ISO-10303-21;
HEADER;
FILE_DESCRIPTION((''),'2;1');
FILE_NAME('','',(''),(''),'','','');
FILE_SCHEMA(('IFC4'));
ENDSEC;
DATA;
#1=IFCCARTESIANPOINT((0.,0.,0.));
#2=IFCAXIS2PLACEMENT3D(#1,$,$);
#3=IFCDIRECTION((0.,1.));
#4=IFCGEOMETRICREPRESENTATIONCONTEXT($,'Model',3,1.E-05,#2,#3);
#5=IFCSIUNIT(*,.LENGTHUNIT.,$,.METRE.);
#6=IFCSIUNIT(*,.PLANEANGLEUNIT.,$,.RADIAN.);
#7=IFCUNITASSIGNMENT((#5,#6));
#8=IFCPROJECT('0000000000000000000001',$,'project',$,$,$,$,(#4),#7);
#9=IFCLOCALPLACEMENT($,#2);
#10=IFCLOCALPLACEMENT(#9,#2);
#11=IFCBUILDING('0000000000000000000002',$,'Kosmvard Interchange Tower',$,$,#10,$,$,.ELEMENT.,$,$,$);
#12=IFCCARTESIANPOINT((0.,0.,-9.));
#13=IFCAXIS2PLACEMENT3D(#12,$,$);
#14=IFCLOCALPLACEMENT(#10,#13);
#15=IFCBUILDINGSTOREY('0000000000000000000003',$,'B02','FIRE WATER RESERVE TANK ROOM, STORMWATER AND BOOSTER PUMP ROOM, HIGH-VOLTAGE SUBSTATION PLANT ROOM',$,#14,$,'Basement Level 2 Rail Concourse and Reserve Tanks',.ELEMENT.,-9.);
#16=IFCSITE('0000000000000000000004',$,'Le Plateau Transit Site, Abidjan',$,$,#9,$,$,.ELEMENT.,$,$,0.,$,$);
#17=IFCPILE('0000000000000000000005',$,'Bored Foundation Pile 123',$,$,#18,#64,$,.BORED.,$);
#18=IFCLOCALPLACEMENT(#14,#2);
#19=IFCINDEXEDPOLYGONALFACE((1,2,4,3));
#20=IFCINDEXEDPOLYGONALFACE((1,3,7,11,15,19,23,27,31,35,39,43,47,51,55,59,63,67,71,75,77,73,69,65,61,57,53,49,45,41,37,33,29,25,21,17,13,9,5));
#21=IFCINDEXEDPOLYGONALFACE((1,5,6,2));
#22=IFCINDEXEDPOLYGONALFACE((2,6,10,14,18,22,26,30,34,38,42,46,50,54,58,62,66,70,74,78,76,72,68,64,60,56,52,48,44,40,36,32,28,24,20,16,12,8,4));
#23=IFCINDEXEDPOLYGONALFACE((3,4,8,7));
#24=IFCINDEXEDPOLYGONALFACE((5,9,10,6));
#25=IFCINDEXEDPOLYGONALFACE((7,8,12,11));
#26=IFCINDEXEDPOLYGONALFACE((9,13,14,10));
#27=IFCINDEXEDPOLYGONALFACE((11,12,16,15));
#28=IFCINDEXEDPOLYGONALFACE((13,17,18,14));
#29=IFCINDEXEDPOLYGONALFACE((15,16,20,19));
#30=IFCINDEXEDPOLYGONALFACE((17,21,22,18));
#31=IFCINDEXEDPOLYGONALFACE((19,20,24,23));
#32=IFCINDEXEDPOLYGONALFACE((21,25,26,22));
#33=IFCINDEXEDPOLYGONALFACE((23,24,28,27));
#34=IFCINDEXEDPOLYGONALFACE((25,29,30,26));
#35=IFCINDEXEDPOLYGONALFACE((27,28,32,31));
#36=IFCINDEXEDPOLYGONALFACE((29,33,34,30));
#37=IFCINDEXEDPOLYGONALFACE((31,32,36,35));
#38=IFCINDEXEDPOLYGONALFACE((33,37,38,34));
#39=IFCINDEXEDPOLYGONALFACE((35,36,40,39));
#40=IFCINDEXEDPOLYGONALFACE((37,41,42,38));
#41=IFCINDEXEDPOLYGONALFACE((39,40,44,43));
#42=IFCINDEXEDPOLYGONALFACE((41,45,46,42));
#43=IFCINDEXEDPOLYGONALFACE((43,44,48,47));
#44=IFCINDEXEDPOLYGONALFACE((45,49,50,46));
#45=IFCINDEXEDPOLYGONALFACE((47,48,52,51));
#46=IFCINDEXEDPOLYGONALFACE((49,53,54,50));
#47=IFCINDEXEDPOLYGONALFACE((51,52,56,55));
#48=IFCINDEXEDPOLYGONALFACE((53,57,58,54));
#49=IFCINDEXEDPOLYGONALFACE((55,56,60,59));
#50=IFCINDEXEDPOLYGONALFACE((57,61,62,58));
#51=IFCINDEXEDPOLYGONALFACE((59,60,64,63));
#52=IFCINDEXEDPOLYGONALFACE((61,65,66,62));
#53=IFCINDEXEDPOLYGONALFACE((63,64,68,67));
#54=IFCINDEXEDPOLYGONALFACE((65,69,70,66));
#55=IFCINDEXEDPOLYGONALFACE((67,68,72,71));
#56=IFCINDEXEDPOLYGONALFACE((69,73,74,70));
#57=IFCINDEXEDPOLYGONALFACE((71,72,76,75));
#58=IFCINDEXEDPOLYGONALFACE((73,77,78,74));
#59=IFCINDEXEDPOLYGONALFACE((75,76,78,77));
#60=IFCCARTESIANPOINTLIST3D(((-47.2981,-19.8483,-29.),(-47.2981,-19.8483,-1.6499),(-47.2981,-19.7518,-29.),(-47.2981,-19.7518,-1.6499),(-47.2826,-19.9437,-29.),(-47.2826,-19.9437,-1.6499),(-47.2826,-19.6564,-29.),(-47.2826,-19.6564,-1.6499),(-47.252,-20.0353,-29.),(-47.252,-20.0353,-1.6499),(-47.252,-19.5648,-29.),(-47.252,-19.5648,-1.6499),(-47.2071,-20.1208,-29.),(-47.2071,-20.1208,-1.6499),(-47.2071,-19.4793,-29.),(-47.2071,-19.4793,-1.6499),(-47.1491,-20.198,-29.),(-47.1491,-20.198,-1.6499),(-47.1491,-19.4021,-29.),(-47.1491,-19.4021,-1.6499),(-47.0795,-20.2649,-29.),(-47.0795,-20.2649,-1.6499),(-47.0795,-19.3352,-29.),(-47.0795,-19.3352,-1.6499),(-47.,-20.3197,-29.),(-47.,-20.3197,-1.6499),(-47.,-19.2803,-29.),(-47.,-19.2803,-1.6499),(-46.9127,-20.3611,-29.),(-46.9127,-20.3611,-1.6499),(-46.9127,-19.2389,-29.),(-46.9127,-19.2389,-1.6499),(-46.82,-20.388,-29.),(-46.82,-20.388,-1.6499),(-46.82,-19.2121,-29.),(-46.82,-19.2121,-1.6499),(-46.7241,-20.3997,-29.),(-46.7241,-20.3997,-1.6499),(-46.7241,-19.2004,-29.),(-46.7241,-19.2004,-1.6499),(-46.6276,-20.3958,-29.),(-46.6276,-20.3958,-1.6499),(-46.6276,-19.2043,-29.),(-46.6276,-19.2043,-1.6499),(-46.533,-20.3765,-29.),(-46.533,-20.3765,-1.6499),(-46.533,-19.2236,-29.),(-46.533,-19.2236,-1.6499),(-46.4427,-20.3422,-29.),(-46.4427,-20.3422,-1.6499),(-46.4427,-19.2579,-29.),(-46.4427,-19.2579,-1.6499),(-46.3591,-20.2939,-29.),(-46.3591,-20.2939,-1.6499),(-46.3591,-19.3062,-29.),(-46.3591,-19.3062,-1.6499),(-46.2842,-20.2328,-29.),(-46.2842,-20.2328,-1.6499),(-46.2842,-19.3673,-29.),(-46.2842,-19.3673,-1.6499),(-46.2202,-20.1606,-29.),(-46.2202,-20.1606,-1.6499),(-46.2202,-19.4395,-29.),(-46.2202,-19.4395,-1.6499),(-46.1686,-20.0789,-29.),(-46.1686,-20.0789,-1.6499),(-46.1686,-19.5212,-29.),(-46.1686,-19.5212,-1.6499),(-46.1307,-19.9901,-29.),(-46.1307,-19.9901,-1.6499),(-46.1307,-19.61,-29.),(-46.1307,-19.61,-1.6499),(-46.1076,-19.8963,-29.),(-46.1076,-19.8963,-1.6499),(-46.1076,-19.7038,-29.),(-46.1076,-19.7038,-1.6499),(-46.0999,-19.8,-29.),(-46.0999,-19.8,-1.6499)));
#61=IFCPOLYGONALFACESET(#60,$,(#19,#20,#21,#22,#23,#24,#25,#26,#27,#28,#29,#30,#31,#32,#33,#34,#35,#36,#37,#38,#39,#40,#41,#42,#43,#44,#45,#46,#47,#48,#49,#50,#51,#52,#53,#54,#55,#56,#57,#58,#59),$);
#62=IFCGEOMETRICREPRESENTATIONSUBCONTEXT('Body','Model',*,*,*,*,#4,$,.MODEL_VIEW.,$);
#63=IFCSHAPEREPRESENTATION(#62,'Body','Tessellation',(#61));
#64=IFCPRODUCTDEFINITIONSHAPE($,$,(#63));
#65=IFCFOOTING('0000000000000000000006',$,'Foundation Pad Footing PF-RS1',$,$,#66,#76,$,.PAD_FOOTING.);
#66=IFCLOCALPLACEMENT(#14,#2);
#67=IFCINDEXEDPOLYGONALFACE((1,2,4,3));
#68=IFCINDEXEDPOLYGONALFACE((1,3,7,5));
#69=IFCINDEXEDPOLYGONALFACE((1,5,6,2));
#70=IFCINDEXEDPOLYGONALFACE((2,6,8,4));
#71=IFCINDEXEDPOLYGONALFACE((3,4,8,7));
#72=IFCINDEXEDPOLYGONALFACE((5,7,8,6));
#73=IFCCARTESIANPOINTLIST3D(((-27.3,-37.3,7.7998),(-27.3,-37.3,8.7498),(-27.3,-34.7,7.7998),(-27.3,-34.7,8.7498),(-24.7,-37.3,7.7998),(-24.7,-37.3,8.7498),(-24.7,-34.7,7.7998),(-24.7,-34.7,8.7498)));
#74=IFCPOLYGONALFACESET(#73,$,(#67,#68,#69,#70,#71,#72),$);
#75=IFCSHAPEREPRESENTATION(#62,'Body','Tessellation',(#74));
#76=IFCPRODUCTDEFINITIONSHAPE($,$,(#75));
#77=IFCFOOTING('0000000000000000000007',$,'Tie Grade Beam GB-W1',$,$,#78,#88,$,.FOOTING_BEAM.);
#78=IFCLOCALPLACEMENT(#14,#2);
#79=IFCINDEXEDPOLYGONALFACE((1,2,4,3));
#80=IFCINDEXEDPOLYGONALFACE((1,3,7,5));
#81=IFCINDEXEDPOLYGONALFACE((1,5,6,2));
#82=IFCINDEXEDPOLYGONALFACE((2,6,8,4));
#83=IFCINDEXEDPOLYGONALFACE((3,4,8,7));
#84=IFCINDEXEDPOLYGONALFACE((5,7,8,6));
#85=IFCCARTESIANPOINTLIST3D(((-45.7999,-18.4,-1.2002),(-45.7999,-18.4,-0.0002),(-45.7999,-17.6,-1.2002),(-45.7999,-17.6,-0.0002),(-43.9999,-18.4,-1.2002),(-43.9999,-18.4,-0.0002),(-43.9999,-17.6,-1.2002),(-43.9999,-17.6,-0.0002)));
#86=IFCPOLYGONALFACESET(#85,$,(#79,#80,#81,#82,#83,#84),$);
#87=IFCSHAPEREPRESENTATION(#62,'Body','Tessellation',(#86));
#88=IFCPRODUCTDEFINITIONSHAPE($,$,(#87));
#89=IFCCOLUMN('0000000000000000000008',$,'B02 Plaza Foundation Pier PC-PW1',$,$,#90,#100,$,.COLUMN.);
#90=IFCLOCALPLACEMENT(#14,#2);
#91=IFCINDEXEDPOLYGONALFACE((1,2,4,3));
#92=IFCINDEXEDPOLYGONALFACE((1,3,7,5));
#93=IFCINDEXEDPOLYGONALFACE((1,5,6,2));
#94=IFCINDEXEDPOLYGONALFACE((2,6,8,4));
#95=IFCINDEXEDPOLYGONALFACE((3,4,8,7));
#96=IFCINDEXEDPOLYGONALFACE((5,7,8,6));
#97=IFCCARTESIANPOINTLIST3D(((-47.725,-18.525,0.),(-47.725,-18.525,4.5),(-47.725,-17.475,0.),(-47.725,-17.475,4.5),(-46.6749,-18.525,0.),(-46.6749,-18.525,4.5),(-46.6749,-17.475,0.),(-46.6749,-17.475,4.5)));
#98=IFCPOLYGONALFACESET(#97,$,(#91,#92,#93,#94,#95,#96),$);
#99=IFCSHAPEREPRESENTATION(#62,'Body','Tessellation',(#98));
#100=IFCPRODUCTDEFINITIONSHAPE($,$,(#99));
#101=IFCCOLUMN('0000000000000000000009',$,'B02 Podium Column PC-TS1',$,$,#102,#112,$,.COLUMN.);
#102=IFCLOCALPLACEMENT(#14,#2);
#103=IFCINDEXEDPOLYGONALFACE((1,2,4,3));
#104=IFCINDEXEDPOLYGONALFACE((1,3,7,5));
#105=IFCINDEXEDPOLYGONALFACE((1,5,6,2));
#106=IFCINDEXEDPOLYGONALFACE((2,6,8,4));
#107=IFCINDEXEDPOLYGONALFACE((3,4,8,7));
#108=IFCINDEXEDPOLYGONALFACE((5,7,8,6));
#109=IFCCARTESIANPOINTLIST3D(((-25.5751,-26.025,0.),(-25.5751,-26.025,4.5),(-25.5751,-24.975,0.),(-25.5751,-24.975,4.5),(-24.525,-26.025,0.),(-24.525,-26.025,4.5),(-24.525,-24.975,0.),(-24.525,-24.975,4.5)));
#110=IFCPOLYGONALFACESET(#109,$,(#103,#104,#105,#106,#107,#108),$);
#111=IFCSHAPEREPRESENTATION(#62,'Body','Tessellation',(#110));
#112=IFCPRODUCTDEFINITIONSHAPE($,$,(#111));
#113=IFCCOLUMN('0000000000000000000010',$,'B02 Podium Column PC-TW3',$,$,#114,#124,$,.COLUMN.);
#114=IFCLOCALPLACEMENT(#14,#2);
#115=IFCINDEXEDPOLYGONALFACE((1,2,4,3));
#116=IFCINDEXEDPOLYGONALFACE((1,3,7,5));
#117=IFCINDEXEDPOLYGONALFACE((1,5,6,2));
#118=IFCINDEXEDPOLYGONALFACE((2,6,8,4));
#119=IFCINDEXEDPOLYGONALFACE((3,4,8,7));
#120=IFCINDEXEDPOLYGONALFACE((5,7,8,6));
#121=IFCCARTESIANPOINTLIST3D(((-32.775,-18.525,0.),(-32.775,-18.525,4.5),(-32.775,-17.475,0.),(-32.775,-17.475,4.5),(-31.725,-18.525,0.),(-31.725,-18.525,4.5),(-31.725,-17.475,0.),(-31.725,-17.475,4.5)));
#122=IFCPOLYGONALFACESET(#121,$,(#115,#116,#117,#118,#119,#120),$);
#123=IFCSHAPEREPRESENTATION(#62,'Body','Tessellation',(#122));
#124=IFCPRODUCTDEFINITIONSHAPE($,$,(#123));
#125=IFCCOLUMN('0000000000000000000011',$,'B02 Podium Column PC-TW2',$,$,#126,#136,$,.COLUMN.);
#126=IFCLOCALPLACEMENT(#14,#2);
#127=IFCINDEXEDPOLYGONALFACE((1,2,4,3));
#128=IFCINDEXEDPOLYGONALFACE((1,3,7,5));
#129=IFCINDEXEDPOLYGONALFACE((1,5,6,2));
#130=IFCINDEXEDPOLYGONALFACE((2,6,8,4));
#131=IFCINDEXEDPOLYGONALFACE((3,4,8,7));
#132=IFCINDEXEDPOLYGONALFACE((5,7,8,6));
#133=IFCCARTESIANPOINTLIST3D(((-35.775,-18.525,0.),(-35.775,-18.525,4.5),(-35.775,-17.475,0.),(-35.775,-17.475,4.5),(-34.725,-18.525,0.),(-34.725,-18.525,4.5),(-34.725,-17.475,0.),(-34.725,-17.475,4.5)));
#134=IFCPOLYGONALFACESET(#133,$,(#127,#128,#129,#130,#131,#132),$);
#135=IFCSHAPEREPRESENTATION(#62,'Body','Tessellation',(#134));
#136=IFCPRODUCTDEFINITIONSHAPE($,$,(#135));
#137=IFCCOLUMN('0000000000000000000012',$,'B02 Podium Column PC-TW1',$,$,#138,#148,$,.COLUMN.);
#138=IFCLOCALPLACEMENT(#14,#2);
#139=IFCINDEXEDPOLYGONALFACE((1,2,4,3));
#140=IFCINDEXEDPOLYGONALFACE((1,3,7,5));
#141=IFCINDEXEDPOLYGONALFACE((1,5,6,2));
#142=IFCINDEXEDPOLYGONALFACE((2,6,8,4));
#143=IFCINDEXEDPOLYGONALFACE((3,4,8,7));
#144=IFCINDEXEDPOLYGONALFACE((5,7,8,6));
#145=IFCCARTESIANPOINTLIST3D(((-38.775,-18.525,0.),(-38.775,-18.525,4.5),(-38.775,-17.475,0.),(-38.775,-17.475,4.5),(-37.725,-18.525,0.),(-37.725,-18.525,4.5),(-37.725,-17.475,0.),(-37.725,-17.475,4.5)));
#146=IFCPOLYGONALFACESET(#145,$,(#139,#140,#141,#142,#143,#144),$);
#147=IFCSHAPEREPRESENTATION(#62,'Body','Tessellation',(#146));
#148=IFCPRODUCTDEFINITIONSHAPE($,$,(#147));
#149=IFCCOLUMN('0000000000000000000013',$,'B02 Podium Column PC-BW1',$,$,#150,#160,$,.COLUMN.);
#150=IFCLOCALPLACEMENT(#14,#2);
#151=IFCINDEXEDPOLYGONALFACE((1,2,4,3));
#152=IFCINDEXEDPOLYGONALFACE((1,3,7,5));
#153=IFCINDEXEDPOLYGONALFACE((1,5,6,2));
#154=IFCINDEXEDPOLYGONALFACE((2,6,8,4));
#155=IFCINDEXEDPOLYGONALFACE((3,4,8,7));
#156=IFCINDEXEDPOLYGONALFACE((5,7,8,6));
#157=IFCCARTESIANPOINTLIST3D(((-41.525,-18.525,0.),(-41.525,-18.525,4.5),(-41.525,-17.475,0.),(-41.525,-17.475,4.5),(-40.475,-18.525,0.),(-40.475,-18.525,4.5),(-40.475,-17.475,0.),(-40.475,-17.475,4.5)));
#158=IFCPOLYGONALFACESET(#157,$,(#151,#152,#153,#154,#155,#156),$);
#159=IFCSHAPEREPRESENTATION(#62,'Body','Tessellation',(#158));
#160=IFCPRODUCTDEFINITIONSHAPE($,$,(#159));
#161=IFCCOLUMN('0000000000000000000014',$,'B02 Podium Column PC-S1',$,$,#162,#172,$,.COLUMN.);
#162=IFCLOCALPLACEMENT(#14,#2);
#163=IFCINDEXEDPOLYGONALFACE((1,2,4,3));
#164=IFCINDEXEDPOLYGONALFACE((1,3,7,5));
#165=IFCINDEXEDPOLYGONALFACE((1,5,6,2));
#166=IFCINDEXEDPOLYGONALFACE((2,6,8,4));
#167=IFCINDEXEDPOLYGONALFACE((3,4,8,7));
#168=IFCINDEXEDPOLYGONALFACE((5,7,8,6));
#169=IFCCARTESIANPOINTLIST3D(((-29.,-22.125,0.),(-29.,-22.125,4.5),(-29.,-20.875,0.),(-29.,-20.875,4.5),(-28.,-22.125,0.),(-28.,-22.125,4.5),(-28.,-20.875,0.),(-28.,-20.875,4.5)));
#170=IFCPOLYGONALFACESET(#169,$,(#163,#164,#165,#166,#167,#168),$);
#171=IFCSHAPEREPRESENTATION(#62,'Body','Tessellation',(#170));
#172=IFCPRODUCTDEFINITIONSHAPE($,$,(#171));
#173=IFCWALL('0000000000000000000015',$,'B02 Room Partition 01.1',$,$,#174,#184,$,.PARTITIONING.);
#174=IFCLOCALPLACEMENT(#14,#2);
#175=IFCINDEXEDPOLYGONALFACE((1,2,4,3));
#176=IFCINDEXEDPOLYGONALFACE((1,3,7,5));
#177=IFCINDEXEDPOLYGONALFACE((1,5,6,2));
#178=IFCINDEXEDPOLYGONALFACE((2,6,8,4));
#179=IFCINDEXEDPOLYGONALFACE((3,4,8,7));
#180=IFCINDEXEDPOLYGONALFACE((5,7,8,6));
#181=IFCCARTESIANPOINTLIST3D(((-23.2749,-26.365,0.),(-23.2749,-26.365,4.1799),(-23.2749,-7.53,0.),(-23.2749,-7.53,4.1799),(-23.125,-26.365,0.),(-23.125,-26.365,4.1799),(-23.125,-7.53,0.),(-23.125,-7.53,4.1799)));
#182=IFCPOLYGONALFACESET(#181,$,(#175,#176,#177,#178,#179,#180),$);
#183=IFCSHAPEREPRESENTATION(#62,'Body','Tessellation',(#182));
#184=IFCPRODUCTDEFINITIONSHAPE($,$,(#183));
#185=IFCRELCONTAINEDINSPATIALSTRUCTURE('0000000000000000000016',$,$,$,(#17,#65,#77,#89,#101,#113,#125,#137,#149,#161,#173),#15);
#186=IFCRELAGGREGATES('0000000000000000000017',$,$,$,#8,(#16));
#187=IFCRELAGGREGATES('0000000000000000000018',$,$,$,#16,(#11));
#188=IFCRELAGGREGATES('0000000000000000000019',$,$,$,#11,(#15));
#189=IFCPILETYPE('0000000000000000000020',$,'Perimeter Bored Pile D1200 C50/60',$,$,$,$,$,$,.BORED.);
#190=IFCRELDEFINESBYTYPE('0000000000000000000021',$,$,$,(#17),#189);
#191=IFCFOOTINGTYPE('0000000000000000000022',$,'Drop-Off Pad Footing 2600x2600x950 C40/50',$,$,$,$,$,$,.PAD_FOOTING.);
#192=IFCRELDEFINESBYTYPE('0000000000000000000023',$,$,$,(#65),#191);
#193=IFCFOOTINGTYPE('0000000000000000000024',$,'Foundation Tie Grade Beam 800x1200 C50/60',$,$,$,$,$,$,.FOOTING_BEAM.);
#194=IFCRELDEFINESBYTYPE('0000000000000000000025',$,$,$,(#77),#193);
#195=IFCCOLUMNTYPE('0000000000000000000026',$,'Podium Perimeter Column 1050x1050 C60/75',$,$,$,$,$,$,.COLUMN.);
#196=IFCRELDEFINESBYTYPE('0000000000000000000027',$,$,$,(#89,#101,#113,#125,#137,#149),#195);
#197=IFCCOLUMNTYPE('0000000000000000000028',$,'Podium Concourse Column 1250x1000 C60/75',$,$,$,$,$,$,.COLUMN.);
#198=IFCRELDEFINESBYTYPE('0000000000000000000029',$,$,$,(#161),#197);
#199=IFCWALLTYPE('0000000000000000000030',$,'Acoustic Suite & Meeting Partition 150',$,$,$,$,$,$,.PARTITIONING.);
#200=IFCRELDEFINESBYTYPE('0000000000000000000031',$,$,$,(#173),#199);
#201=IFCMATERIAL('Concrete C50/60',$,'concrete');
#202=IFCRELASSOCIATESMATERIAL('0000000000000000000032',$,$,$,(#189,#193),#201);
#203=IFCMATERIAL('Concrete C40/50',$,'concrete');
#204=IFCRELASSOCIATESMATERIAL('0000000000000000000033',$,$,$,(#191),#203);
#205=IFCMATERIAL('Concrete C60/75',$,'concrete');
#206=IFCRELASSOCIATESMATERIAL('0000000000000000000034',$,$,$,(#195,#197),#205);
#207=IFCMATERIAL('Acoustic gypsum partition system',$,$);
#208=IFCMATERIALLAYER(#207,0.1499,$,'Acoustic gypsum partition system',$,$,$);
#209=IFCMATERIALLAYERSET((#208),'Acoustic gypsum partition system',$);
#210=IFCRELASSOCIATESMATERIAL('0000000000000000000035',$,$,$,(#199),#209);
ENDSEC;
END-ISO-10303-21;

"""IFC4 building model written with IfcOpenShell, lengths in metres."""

from ifc_helpers import new_model, si_unit, direction, frame, frame_2d, origin, origin_2d, place, context, subcontext, project, spatial, rectangle, circle, extrude, source, transform, mapped, material, layer, layer_set, material_profile, profile_set, type_object, element, save


model = new_model("IFC4")

# Units and contexts
model_context = context("Model", 3, precision=1e-05, world=origin(), true_north=direction((0.0, 1.0)))
body_context = subcontext(model_context, "Body", "Model", "MODEL_VIEW")
ifc_project = project(units=[si_unit("LENGTHUNIT", "METRE"), si_unit("PLANEANGLEUNIT", "RADIAN")], contexts=[model_context])

# Site, building, storey
site_placement = place(None, origin())
site = spatial("IfcSite", under=ifc_project, at=site_placement, Name="Le Plateau Transit Site, Abidjan", CompositionType="ELEMENT", RefElevation=0.0)
building_placement = place(site_placement, origin())
building = spatial("IfcBuilding", under=site, at=building_placement, Name="Kosmvard Interchange Tower", CompositionType="ELEMENT")
storey_placement = place(building_placement, frame((0.0, 0.0, -9.0)))
storey = spatial("IfcBuildingStorey", under=building, at=storey_placement, Name="B02", Description="FIRE WATER RESERVE TANK ROOM, STORMWATER AND BOOSTER PUMP ROOM, HIGH-VOLTAGE SUBSTATION PLANT ROOM", LongName="Basement Level 2 Rail Concourse and Reserve Tanks", CompositionType="ELEMENT", Elevation=-9.0)

# Shared definitions
ifc_material_1 = material(Name="Concrete C50/60", Category="concrete")
ifc_material_profile_1 = material_profile(ifc_material_1, circle(Radius=0.6001, at=origin_2d()), Name="PILE D1200")
ifc_profile_set_1 = profile_set([ifc_material_profile_1], Name="Concrete C50/60")
pile_type = type_object("IfcPileType", Name="Perimeter Bored Pile D1200 C50/60", PredefinedType="BORED", material=ifc_profile_set_1)

# Pile
shared_shape_1 = source(origin(), body_context, "Body", "SweptSolid", [
    extrude(circle(Radius=0.6001, at=origin_2d()), origin(), (0.0, 0.0, 1.0), 27.3501),
])
for number, where, z_axis, x_axis, name in (
    (1, (-46.7, -19.8, -1.6499), (0.0, 0.0, -1.0), (1.0, 0.0, 0.0), "Bored Foundation Pile 123"),
):
    element("IfcPile", number, at=place(storey_placement, frame(where, z_axis=z_axis, x_axis=x_axis)), inside=storey, type_object=pile_type, Name=name, PredefinedType="BORED", context=body_context, shape_type="MappedRepresentation", body=[
        mapped(shared_shape_1, transform((0.0, 0.0, 0.0), scale=1.0)),
    ])

# Footings
ifc_material_2 = material(Name="Concrete C40/50", Category="concrete")
footing_type_1 = type_object("IfcFootingType", Name="Drop-Off Pad Footing 2600x2600x950 C40/50", PredefinedType="PAD_FOOTING", material=ifc_material_2)
shared_shape_2 = source(origin(), body_context, "Body", "SweptSolid", [
    extrude(rectangle(XDim=2.6001, YDim=2.6001, at=origin_2d()), origin(), (0.0, 0.0, 1.0), 0.95),
])
footing_1_placement = place(storey_placement, frame((-26.0, -36.0, 7.7998), z_axis=(0.0, 0.0, 1.0), x_axis=(1.0, 0.0, 0.0)))
element("IfcFooting", 2, at=footing_1_placement, inside=storey, type_object=footing_type_1, Name="Foundation Pad Footing PF-RS1", PredefinedType="PAD_FOOTING", context=body_context, shape_type="MappedRepresentation", body=[
    mapped(shared_shape_2, transform((0.0, 0.0, 0.0), scale=1.0)),
])
ifc_material_profile_2 = material_profile(ifc_material_1, rectangle(XDim=0.8, YDim=1.2, at=origin_2d()), Name="GB 800x1200")
ifc_profile_set_2 = profile_set([ifc_material_profile_2], Name="Concrete C50/60")
footing_type_2 = type_object("IfcFootingType", Name="Foundation Tie Grade Beam 800x1200 C50/60", PredefinedType="FOOTING_BEAM", material=ifc_profile_set_2)
shared_shape_3 = source(origin(), body_context, "Body", "SweptSolid", [
    extrude(rectangle(XDim=1.8, YDim=0.8, at=origin_2d()), origin(), (0.0, 0.0, 1.0), 1.2),
])
footing_2_placement = place(storey_placement, frame((-44.8999, -18.0, -1.2002), z_axis=(0.0, 0.0, 1.0), x_axis=(1.0, 0.0, 0.0)))
element("IfcFooting", 3, at=footing_2_placement, inside=storey, type_object=footing_type_2, Name="Tie Grade Beam GB-W1", PredefinedType="FOOTING_BEAM", context=body_context, shape_type="MappedRepresentation", body=[
    mapped(shared_shape_3, transform((0.0, 0.0, 0.0), scale=1.0)),
])

# Columns
ifc_material_3 = material(Name="Concrete C60/75", Category="concrete")
ifc_material_profile_3 = material_profile(ifc_material_3, rectangle(XDim=1.05, YDim=1.05, at=origin_2d()), Name="PC 1050x1050")
ifc_profile_set_3 = profile_set([ifc_material_profile_3], Name="Concrete C60/75")
column_type_1 = type_object("IfcColumnType", Name="Podium Perimeter Column 1050x1050 C60/75", PredefinedType="COLUMN", material=ifc_profile_set_3)
shared_shape_4 = source(origin(), body_context, "Body", "SweptSolid", [
    extrude(rectangle(XDim=1.05, YDim=1.05, at=origin_2d()), origin(), (0.0, 0.0, 1.0), 4.5),
])
for number, where, z_axis, x_axis, name in (
    (4, (-47.2, -18.0, 0.0), (0.0, 0.0, 1.0), (1.0, 0.0, 0.0), "B02 Plaza Foundation Pier PC-PW1"),
    (5, (-25.05, -25.5, 0.0), (0.0, 0.0, 1.0), (1.0, 0.0, 0.0), "B02 Podium Column PC-TS1"),
    (6, (-32.25, -18.0, 0.0), (0.0, 0.0, 1.0), (1.0, 0.0, 0.0), "B02 Podium Column PC-TW3"),
    (7, (-35.25, -18.0, 0.0), (0.0, 0.0, 1.0), (1.0, 0.0, 0.0), "B02 Podium Column PC-TW2"),
    (8, (-38.25, -18.0, 0.0), (0.0, 0.0, 1.0), (1.0, 0.0, 0.0), "B02 Podium Column PC-TW1"),
    (9, (-41.0, -18.0, 0.0), (0.0, 0.0, 1.0), (1.0, 0.0, 0.0), "B02 Podium Column PC-BW1"),
):
    element("IfcColumn", number, at=place(storey_placement, frame(where, z_axis=z_axis, x_axis=x_axis)), inside=storey, type_object=column_type_1, Name=name, PredefinedType="COLUMN", context=body_context, shape_type="MappedRepresentation", body=[
        mapped(shared_shape_4, transform((0.0, 0.0, 0.0), scale=1.0)),
    ])
ifc_material_profile_4 = material_profile(ifc_material_3, rectangle(XDim=1.0, YDim=1.25, at=origin_2d()), Name="PC 1250x1000")
ifc_profile_set_4 = profile_set([ifc_material_profile_4], Name="Concrete C60/75")
column_type_2 = type_object("IfcColumnType", Name="Podium Concourse Column 1250x1000 C60/75", PredefinedType="COLUMN", material=ifc_profile_set_4)
shared_shape_5 = source(origin(), body_context, "Body", "SweptSolid", [
    extrude(rectangle(XDim=1.0, YDim=1.25, at=origin_2d()), origin(), (0.0, 0.0, 1.0), 4.5),
])
column_placement = place(storey_placement, frame((-28.5, -21.5, 0.0), z_axis=(0.0, 0.0, 1.0), x_axis=(1.0, 0.0, 0.0)))
element("IfcColumn", 10, at=column_placement, inside=storey, type_object=column_type_2, Name="B02 Podium Column PC-S1", PredefinedType="COLUMN", context=body_context, shape_type="MappedRepresentation", body=[
    mapped(shared_shape_5, transform((0.0, 0.0, 0.0), scale=1.0)),
])

# Wall
ifc_material_4 = material(Name="Acoustic gypsum partition system")
ifc_layer_1 = layer(ifc_material_4, 0.1499, Name="Acoustic gypsum partition system")
ifc_layer_set_1 = layer_set([ifc_layer_1], Name="Acoustic gypsum partition system")
wall_type_1 = type_object("IfcWallType", Name="Acoustic Suite & Meeting Partition 150", PredefinedType="PARTITIONING", material=ifc_layer_set_1)
wall_1_placement = place(storey_placement, frame((-23.2, -26.365, 0.0), z_axis=(0.0, 0.0, 1.0), x_axis=(0.0, 1.0, 0.0)))
element("IfcWall", 11, at=wall_1_placement, inside=storey, type_object=wall_type_1, Name="B02 Room Partition 01.1", PredefinedType="PARTITIONING", context=body_context, shape_type="SweptSolid", body=[
    extrude(rectangle(XDim=18.835, YDim=0.1499, at=frame_2d((9.4175, 0.0))), origin(), (0.0, 0.0, 1.0), 4.1799),
])

save(model, "model.ifc")
